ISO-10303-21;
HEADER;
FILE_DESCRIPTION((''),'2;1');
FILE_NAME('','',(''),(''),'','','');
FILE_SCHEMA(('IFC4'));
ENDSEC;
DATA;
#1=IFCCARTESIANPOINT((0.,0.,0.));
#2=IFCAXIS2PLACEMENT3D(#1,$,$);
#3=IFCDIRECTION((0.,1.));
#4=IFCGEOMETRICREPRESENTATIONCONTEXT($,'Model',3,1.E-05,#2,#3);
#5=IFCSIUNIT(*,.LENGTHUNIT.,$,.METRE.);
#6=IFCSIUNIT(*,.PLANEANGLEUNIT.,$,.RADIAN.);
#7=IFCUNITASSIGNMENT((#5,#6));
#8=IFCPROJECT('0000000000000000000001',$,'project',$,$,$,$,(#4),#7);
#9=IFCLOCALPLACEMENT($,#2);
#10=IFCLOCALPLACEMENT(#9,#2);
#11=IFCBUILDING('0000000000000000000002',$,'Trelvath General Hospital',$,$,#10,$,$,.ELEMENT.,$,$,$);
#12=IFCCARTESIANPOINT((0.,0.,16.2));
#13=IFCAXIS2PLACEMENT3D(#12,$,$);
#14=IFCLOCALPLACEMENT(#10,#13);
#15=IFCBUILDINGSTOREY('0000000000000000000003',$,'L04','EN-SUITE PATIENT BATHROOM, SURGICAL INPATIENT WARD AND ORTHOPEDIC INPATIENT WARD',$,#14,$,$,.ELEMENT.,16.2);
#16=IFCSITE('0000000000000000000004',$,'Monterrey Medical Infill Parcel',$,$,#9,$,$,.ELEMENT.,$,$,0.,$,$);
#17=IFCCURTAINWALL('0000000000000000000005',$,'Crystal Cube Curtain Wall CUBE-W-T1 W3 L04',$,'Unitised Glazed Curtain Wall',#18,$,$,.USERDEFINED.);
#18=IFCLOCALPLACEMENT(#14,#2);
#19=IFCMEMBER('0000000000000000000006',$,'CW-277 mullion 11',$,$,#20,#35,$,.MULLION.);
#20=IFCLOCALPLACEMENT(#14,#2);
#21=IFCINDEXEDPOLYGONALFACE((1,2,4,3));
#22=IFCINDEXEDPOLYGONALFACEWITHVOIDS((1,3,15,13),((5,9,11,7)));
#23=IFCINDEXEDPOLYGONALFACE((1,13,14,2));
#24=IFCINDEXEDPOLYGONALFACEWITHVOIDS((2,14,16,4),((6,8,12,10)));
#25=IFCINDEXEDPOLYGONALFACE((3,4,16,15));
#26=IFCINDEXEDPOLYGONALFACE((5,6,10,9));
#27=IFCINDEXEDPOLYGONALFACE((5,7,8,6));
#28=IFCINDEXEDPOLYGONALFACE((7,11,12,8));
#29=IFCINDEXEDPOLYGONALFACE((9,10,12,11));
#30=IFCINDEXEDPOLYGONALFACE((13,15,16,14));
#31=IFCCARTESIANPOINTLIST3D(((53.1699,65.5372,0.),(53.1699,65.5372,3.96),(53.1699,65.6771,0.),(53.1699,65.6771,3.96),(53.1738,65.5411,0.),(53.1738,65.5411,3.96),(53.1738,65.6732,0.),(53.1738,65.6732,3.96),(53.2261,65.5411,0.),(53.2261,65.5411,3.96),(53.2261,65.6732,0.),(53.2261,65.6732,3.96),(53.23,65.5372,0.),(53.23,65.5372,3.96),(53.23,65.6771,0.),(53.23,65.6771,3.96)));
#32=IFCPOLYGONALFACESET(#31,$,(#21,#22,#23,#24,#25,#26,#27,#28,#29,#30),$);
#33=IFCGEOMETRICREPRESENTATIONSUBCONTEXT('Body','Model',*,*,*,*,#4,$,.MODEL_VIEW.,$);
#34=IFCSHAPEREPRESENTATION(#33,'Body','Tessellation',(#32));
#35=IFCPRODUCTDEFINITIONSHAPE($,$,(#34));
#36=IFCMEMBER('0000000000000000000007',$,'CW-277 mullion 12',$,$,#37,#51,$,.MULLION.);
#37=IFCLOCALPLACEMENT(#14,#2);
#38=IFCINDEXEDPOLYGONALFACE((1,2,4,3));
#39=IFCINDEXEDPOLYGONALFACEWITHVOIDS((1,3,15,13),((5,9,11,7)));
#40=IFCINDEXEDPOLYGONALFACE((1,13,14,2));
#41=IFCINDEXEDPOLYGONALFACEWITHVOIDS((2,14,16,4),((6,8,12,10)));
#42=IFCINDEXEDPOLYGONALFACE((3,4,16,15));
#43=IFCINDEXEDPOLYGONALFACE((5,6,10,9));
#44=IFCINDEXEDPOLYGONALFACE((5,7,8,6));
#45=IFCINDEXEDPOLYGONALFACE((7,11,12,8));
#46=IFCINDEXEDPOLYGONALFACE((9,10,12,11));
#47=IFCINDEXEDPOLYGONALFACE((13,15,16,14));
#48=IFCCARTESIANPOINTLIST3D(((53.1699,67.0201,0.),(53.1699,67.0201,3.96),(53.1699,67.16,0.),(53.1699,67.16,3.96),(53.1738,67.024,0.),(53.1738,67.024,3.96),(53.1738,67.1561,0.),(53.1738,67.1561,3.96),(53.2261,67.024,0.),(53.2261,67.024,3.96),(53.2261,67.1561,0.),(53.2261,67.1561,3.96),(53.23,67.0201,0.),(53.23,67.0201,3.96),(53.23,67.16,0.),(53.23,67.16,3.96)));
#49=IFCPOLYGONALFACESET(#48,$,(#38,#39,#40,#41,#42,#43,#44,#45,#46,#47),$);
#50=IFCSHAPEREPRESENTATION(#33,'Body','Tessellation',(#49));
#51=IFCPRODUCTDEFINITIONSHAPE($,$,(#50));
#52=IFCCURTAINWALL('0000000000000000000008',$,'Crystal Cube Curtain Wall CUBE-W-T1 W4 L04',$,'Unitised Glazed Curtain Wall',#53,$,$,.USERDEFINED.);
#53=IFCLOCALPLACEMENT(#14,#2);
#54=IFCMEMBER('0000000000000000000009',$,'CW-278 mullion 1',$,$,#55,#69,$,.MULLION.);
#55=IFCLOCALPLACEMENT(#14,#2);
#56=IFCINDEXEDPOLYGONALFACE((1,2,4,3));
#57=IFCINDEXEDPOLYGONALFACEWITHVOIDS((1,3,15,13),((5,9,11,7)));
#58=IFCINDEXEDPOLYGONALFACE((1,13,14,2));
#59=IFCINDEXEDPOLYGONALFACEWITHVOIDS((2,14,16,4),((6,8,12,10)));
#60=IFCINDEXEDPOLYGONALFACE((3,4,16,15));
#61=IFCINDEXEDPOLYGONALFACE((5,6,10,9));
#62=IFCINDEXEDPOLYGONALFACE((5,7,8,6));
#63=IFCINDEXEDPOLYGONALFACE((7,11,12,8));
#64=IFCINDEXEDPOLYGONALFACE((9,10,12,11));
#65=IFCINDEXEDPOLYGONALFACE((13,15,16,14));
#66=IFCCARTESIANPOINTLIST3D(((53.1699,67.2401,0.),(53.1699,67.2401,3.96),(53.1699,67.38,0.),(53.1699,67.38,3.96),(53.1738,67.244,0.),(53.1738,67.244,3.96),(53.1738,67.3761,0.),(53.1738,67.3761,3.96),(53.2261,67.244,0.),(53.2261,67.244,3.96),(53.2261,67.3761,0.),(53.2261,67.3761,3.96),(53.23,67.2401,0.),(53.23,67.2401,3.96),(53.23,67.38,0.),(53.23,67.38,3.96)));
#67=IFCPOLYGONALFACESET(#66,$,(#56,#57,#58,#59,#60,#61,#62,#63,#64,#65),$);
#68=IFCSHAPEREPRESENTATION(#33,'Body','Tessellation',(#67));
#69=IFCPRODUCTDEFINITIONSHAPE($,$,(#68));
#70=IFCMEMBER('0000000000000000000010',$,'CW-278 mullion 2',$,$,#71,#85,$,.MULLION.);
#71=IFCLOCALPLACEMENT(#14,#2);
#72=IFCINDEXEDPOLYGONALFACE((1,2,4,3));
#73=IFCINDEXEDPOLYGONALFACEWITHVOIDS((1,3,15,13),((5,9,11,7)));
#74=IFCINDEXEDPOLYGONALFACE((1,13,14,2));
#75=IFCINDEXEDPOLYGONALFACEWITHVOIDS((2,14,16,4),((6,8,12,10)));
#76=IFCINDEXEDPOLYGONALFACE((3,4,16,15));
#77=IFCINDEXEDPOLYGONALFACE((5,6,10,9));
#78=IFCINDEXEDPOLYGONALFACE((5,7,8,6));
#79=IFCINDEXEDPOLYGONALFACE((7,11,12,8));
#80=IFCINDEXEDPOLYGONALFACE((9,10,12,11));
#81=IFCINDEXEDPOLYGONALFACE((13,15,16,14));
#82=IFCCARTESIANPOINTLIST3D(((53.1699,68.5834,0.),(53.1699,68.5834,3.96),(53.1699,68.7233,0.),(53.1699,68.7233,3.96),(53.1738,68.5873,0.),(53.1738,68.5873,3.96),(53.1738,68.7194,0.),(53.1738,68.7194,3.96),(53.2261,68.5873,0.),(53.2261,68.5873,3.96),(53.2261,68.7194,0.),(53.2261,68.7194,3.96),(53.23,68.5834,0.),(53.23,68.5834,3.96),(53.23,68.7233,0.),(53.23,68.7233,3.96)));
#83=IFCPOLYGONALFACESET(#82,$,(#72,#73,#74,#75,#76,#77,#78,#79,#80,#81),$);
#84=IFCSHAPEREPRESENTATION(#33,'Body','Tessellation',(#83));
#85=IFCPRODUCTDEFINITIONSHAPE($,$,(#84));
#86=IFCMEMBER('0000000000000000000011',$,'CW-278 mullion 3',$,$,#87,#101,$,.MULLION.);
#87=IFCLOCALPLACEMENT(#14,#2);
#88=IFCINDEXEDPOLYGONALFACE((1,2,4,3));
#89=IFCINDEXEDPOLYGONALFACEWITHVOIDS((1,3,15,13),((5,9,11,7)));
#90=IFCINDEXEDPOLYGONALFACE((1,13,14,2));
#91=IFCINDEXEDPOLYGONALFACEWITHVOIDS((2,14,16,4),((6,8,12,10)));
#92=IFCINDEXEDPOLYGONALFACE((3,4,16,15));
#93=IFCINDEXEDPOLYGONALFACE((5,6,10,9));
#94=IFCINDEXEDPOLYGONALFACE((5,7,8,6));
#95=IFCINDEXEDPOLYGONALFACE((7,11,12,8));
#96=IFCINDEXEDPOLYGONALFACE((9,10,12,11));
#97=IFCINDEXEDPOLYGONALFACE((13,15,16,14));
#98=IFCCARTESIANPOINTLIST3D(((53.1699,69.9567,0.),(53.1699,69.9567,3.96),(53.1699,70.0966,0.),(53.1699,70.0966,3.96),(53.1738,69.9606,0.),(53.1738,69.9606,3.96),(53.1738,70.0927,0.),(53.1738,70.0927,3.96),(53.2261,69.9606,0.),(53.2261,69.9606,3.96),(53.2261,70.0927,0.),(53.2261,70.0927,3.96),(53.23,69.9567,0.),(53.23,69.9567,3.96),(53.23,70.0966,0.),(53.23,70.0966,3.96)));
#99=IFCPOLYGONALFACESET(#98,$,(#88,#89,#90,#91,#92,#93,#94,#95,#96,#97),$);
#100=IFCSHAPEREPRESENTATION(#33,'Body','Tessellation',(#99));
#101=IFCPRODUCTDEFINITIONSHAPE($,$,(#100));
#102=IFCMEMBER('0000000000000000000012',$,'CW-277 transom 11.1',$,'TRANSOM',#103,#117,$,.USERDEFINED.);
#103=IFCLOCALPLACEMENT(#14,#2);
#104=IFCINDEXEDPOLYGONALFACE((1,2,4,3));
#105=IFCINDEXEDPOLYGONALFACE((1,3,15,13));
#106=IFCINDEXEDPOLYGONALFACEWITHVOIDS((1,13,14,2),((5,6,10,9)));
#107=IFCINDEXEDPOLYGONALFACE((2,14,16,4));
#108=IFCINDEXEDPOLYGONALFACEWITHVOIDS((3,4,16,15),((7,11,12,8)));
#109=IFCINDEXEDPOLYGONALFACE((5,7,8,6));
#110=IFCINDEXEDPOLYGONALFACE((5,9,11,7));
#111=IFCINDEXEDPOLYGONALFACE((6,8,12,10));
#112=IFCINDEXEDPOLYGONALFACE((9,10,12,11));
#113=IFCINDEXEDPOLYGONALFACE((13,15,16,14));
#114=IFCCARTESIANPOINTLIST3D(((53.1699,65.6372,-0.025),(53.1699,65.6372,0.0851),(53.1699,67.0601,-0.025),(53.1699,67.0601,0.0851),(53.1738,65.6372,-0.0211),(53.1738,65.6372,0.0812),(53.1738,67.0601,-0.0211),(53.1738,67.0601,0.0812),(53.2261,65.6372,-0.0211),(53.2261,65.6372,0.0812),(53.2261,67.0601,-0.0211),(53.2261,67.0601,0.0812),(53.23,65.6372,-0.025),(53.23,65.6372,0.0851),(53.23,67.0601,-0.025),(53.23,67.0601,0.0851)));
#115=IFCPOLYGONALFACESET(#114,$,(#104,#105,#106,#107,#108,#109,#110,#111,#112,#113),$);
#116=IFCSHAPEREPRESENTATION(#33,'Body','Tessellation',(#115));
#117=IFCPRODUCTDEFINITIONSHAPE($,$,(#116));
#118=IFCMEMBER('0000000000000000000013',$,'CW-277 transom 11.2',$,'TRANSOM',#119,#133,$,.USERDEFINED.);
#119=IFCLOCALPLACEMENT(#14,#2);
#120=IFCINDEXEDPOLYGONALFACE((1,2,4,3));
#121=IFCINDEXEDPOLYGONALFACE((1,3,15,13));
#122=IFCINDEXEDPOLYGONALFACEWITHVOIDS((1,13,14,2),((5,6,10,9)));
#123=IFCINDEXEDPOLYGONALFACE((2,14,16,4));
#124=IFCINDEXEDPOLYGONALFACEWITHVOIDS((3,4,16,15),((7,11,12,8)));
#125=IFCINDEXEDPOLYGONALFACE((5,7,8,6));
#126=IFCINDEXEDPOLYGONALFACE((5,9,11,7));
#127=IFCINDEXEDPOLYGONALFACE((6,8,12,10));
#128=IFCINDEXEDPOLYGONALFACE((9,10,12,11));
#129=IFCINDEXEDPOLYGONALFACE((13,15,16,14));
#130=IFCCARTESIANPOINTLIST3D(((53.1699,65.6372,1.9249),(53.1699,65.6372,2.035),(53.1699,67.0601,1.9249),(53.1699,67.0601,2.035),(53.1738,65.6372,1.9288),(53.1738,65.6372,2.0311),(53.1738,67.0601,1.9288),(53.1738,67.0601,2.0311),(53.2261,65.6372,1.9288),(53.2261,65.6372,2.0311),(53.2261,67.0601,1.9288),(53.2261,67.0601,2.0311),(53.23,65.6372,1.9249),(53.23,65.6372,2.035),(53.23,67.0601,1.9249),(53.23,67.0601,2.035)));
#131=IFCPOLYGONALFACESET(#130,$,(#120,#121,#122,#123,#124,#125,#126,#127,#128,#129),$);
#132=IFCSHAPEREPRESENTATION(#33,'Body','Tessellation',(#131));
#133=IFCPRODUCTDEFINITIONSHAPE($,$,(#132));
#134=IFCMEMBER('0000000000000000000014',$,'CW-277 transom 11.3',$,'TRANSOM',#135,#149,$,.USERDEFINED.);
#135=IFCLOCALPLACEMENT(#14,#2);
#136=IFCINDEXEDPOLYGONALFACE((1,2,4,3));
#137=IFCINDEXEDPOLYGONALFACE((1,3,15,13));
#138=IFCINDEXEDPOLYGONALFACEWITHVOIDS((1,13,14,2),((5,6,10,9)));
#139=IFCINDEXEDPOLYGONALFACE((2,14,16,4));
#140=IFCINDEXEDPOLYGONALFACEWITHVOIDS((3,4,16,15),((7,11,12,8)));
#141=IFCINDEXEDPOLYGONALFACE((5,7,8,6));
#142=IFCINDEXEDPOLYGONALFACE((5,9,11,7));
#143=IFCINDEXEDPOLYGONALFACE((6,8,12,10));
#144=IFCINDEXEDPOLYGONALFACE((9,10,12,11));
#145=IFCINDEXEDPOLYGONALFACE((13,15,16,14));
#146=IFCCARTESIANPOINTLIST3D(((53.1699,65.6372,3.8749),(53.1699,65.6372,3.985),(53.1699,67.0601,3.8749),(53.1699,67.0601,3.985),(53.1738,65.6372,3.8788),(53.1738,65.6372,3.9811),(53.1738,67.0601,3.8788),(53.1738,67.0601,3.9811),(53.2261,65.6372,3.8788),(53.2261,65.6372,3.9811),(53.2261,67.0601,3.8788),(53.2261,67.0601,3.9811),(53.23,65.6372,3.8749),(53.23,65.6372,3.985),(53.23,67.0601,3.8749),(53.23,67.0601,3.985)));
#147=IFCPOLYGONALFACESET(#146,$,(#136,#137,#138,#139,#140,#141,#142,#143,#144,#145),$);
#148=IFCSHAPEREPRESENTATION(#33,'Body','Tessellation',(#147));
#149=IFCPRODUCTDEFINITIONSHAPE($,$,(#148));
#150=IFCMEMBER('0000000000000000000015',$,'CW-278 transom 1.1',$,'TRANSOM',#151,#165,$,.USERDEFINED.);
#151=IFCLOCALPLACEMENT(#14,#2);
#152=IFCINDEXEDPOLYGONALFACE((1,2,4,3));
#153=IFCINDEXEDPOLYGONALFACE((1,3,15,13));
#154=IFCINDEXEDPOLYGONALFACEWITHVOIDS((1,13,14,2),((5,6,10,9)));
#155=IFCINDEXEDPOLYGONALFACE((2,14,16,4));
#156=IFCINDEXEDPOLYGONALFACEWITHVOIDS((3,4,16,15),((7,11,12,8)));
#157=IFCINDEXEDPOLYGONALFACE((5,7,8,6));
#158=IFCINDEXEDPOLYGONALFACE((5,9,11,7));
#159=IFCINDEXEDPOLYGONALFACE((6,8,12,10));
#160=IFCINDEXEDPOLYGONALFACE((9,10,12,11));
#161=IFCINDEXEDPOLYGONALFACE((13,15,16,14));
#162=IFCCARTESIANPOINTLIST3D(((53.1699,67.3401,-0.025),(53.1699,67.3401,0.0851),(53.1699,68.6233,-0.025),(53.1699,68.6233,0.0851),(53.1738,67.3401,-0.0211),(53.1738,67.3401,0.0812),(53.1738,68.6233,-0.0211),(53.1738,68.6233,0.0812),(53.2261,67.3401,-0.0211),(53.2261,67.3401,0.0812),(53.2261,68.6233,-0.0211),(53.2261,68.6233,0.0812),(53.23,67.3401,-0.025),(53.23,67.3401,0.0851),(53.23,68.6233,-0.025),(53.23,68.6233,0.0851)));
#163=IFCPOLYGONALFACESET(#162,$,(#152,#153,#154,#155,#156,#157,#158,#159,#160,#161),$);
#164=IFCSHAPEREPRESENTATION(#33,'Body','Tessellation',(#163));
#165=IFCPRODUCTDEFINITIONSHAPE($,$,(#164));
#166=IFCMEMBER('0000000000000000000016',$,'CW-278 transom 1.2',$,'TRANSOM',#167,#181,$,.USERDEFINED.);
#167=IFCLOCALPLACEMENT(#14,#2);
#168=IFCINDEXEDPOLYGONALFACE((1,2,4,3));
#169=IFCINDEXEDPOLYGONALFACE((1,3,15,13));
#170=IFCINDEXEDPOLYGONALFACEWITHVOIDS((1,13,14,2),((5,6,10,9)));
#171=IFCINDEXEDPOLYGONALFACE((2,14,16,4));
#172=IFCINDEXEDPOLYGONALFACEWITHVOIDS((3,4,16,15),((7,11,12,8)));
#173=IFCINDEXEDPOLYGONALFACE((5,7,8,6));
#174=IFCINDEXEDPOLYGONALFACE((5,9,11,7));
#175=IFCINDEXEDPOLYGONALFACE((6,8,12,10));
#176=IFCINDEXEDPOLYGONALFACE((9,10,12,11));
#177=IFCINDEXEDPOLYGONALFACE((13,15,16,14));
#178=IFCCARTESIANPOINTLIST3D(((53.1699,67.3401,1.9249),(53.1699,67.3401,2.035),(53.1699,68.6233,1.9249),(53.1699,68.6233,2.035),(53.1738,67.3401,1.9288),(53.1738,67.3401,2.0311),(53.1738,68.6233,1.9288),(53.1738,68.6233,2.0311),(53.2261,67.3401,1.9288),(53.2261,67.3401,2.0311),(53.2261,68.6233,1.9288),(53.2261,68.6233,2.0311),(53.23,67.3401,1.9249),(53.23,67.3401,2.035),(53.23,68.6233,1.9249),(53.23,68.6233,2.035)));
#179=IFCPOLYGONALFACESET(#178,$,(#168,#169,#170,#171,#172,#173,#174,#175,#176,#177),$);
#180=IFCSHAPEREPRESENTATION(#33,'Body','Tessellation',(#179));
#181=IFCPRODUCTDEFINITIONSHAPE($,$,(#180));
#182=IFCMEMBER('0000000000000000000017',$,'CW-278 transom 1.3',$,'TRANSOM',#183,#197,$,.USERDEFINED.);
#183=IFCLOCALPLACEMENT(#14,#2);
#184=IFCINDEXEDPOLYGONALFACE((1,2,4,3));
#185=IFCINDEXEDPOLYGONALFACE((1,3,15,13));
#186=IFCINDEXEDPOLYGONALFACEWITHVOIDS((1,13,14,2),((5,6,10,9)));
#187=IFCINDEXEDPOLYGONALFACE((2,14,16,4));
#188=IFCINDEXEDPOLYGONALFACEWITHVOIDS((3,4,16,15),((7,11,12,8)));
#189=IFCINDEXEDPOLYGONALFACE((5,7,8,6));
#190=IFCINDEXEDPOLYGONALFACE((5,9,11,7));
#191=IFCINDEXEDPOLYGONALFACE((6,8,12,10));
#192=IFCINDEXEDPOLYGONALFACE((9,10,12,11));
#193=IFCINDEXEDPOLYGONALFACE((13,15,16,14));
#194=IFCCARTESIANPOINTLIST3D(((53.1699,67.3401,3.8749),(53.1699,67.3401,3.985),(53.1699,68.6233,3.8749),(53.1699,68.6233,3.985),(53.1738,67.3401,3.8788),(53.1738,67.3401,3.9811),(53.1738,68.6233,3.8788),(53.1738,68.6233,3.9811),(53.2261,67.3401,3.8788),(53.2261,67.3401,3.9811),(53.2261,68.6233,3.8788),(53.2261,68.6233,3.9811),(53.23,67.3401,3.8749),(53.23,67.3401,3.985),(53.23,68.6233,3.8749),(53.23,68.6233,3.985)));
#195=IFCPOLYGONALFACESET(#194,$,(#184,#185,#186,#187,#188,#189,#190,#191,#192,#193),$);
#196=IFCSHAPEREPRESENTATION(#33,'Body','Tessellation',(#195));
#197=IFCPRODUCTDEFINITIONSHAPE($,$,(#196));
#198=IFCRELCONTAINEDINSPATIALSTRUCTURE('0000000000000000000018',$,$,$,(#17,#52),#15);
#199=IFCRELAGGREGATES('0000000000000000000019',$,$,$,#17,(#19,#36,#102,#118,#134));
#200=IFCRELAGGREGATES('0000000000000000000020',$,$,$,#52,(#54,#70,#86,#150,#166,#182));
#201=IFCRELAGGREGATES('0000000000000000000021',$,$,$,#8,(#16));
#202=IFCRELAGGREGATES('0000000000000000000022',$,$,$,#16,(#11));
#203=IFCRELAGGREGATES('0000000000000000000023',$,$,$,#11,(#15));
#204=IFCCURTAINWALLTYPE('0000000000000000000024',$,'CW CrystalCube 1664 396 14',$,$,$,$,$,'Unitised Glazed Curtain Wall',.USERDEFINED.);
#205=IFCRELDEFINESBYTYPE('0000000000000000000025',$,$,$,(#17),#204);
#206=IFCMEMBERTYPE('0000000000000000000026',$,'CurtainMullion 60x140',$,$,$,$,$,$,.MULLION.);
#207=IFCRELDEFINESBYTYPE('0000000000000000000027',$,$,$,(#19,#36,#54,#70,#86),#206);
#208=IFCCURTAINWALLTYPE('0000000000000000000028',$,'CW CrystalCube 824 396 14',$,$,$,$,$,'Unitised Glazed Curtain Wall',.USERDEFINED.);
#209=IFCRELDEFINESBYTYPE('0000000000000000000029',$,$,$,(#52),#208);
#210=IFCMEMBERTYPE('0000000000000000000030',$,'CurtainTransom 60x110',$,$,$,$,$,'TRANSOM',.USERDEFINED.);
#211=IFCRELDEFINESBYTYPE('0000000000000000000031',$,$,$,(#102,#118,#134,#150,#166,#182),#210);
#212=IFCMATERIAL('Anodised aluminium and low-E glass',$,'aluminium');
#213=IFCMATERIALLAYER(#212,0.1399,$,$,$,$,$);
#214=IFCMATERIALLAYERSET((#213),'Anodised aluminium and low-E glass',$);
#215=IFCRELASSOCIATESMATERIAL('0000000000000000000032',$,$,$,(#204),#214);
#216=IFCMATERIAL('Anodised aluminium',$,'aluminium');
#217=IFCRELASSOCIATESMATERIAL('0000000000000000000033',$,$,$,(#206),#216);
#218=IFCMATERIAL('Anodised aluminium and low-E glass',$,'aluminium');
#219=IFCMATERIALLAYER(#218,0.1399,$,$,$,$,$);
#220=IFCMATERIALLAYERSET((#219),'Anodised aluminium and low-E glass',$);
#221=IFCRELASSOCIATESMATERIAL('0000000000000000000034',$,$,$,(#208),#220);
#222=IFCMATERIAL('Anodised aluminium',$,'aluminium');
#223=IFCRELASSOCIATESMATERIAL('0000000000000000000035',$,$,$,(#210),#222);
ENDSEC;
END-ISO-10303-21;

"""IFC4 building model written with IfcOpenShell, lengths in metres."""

from ifc_helpers import new_model, si_unit, direction, frame, origin, origin_2d, place, context, subcontext, project, spatial, hollow_rectangle, extrude, material, layer, layer_set, material_profile, profile_set, type_object, element, aggregate, save


model = new_model("IFC4")

# Units and contexts
model_context = context("Model", 3, precision=1e-05, world=origin(), true_north=direction((0.0, 1.0)))
body_context = subcontext(model_context, "Body", "Model", "MODEL_VIEW")
ifc_project = project(units=[si_unit("LENGTHUNIT", "METRE"), si_unit("PLANEANGLEUNIT", "RADIAN")], contexts=[model_context])

# Site, building, storey
site_placement = place(None, origin())
site = spatial("IfcSite", under=ifc_project, at=site_placement, Name="Monterrey Medical Infill Parcel", CompositionType="ELEMENT", RefElevation=0.0)
building_placement = place(site_placement, origin())
building = spatial("IfcBuilding", under=site, at=building_placement, Name="Trelvath General Hospital", CompositionType="ELEMENT")
storey_placement = place(building_placement, frame((0.0, 0.0, 16.2)))
storey = spatial("IfcBuildingStorey", under=building, at=storey_placement, Name="L04", Description="EN-SUITE PATIENT BATHROOM, SURGICAL INPATIENT WARD AND ORTHOPEDIC INPATIENT WARD", CompositionType="ELEMENT", Elevation=16.2)

# Curtain walls, members
ifc_material_1 = material(Name="Anodised aluminium and low-E glass", Category="aluminium")
ifc_layer_1 = layer(ifc_material_1, 0.1399)
ifc_layer_set_1 = layer_set([ifc_layer_1], Name="Anodised aluminium and low-E glass")
curtain_wall_type_1 = type_object("IfcCurtainWallType", Name="CW CrystalCube 1664 396 14", ElementType="Unitised Glazed Curtain Wall", PredefinedType="USERDEFINED", material=ifc_layer_set_1)
curtain_wall_1_placement = place(storey_placement, origin())
curtain_wall_1 = element("IfcCurtainWall", 1, at=curtain_wall_1_placement, inside=storey, type_object=curtain_wall_type_1, Name="Crystal Cube Curtain Wall CUBE-W-T1 W3 L04", ObjectType="Unitised Glazed Curtain Wall", PredefinedType="USERDEFINED")
ifc_material_2 = material(Name="Anodised aluminium", Category="aluminium")
ifc_material_profile_1 = material_profile(ifc_material_2, hollow_rectangle(XDim=0.0601, YDim=0.1399, WallThickness=0.0039, at=origin_2d()), Name="RHS60x140x4")
ifc_profile_set_1 = profile_set([ifc_material_profile_1], Name="Anodised aluminium")
member_type_1 = type_object("IfcMemberType", Name="CurtainMullion 60x140", PredefinedType="MULLION", material=ifc_profile_set_1)
member_1_placement = place(storey_placement, frame((53.2, 65.6072, 0.0), z_axis=(0.0, 0.0, 1.0), x_axis=(-1.0, 0.0, 0.0)))
member_1 = element("IfcMember", 2, at=member_1_placement, type_object=member_type_1, Name="CW-277 mullion 11", PredefinedType="MULLION", context=body_context, shape_type="SweptSolid", body=[
    extrude(hollow_rectangle(XDim=0.0601, YDim=0.1399, WallThickness=0.0039, at=origin_2d()), origin(), (0.0, 0.0, 1.0), 3.96),
])
member_2_placement = place(storey_placement, frame((53.2, 67.0901, 0.0), z_axis=(0.0, 0.0, 1.0), x_axis=(-1.0, 0.0, 0.0)))
member_2 = element("IfcMember", 3, at=member_2_placement, type_object=member_type_1, Name="CW-277 mullion 12", PredefinedType="MULLION", context=body_context, shape_type="SweptSolid", body=[
    extrude(hollow_rectangle(XDim=0.0601, YDim=0.1399, WallThickness=0.0039, at=origin_2d()), origin(), (0.0, 0.0, 1.0), 3.96),
])
ifc_material_3 = material(Name="Anodised aluminium and low-E glass", Category="aluminium")
ifc_layer_2 = layer(ifc_material_3, 0.1399)
ifc_layer_set_2 = layer_set([ifc_layer_2], Name="Anodised aluminium and low-E glass")
curtain_wall_type_2 = type_object("IfcCurtainWallType", Name="CW CrystalCube 824 396 14", ElementType="Unitised Glazed Curtain Wall", PredefinedType="USERDEFINED", material=ifc_layer_set_2)
curtain_wall_2_placement = place(storey_placement, origin())
curtain_wall_2 = element("IfcCurtainWall", 4, at=curtain_wall_2_placement, inside=storey, type_object=curtain_wall_type_2, Name="Crystal Cube Curtain Wall CUBE-W-T1 W4 L04", ObjectType="Unitised Glazed Curtain Wall", PredefinedType="USERDEFINED")
member_3_placement = place(storey_placement, frame((53.2, 67.3101, 0.0), z_axis=(0.0, 0.0, 1.0), x_axis=(-1.0, 0.0, 0.0)))
member_3 = element("IfcMember", 5, at=member_3_placement, type_object=member_type_1, Name="CW-278 mullion 1", PredefinedType="MULLION", context=body_context, shape_type="SweptSolid", body=[
    extrude(hollow_rectangle(XDim=0.0601, YDim=0.1399, WallThickness=0.0039, at=origin_2d()), origin(), (0.0, 0.0, 1.0), 3.96),
])
member_4_placement = place(storey_placement, frame((53.2, 68.6533, 0.0), z_axis=(0.0, 0.0, 1.0), x_axis=(-1.0, 0.0, 0.0)))
member_4 = element("IfcMember", 6, at=member_4_placement, type_object=member_type_1, Name="CW-278 mullion 2", PredefinedType="MULLION", context=body_context, shape_type="SweptSolid", body=[
    extrude(hollow_rectangle(XDim=0.0601, YDim=0.1399, WallThickness=0.0039, at=origin_2d()), origin(), (0.0, 0.0, 1.0), 3.96),
])
member_5_placement = place(storey_placement, frame((53.2, 70.0266, 0.0), z_axis=(0.0, 0.0, 1.0), x_axis=(-1.0, 0.0, 0.0)))
member_5 = element("IfcMember", 7, at=member_5_placement, type_object=member_type_1, Name="CW-278 mullion 3", PredefinedType="MULLION", context=body_context, shape_type="SweptSolid", body=[
    extrude(hollow_rectangle(XDim=0.0601, YDim=0.1399, WallThickness=0.0039, at=origin_2d()), origin(), (0.0, 0.0, 1.0), 3.96),
])

# Members
ifc_material_4 = material(Name="Anodised aluminium", Category="aluminium")
ifc_material_profile_2 = material_profile(ifc_material_4, hollow_rectangle(XDim=0.0601, YDim=0.1101, WallThickness=0.0039, at=origin_2d()), Name="RHS60x110x4")
ifc_profile_set_2 = profile_set([ifc_material_profile_2], Name="Anodised aluminium")
member_type_2 = type_object("IfcMemberType", Name="CurtainTransom 60x110", ElementType="TRANSOM", PredefinedType="USERDEFINED", material=ifc_profile_set_2)
member_6_placement = place(storey_placement, frame((53.2, 65.6372, 0.03), z_axis=(0.0, 1.0, 0.0), x_axis=(-1.0, 0.0, 0.0)))
member_6 = element("IfcMember", 8, at=member_6_placement, type_object=member_type_2, Name="CW-277 transom 11.1", ObjectType="TRANSOM", PredefinedType="USERDEFINED", context=body_context, shape_type="SweptSolid", body=[
    extrude(hollow_rectangle(XDim=0.0601, YDim=0.1101, WallThickness=0.0039, at=origin_2d()), origin(), (0.0, 0.0, 1.0), 1.4229),
])
member_7_placement = place(storey_placement, frame((53.2, 65.6372, 1.98), z_axis=(0.0, 1.0, 0.0), x_axis=(-1.0, 0.0, 0.0)))
member_7 = element("IfcMember", 9, at=member_7_placement, type_object=member_type_2, Name="CW-277 transom 11.2", ObjectType="TRANSOM", PredefinedType="USERDEFINED", context=body_context, shape_type="SweptSolid", body=[
    extrude(hollow_rectangle(XDim=0.0601, YDim=0.1101, WallThickness=0.0039, at=origin_2d()), origin(), (0.0, 0.0, 1.0), 1.4229),
])
member_8_placement = place(storey_placement, frame((53.2, 65.6372, 3.9299), z_axis=(0.0, 1.0, 0.0), x_axis=(-1.0, 0.0, 0.0)))
member_8 = element("IfcMember", 10, at=member_8_placement, type_object=member_type_2, Name="CW-277 transom 11.3", ObjectType="TRANSOM", PredefinedType="USERDEFINED", context=body_context, shape_type="SweptSolid", body=[
    extrude(hollow_rectangle(XDim=0.0601, YDim=0.1101, WallThickness=0.0039, at=origin_2d()), origin(), (0.0, 0.0, 1.0), 1.4229),
])
member_9_placement = place(storey_placement, frame((53.2, 67.3401, 0.03), z_axis=(0.0, 1.0, 0.0), x_axis=(-1.0, 0.0, 0.0)))
member_9 = element("IfcMember", 11, at=member_9_placement, type_object=member_type_2, Name="CW-278 transom 1.1", ObjectType="TRANSOM", PredefinedType="USERDEFINED", context=body_context, shape_type="SweptSolid", body=[
    extrude(hollow_rectangle(XDim=0.0601, YDim=0.1101, WallThickness=0.0039, at=origin_2d()), origin(), (0.0, 0.0, 1.0), 1.2832),
])
member_10_placement = place(storey_placement, frame((53.2, 67.3401, 1.98), z_axis=(0.0, 1.0, 0.0), x_axis=(-1.0, 0.0, 0.0)))
member_10 = element("IfcMember", 12, at=member_10_placement, type_object=member_type_2, Name="CW-278 transom 1.2", ObjectType="TRANSOM", PredefinedType="USERDEFINED", context=body_context, shape_type="SweptSolid", body=[
    extrude(hollow_rectangle(XDim=0.0601, YDim=0.1101, WallThickness=0.0039, at=origin_2d()), origin(), (0.0, 0.0, 1.0), 1.2832),
])
member_11_placement = place(storey_placement, frame((53.2, 67.3401, 3.9299), z_axis=(0.0, 1.0, 0.0), x_axis=(-1.0, 0.0, 0.0)))
member_11 = element("IfcMember", 13, at=member_11_placement, type_object=member_type_2, Name="CW-278 transom 1.3", ObjectType="TRANSOM", PredefinedType="USERDEFINED", context=body_context, shape_type="SweptSolid", body=[
    extrude(hollow_rectangle(XDim=0.0601, YDim=0.1101, WallThickness=0.0039, at=origin_2d()), origin(), (0.0, 0.0, 1.0), 1.2832),
])

aggregate(curtain_wall_1, [member_1, member_2, member_6, member_7, member_8])
aggregate(curtain_wall_2, [member_3, member_4, member_5, member_9, member_10, member_11])

save(model, "model.ifc")
